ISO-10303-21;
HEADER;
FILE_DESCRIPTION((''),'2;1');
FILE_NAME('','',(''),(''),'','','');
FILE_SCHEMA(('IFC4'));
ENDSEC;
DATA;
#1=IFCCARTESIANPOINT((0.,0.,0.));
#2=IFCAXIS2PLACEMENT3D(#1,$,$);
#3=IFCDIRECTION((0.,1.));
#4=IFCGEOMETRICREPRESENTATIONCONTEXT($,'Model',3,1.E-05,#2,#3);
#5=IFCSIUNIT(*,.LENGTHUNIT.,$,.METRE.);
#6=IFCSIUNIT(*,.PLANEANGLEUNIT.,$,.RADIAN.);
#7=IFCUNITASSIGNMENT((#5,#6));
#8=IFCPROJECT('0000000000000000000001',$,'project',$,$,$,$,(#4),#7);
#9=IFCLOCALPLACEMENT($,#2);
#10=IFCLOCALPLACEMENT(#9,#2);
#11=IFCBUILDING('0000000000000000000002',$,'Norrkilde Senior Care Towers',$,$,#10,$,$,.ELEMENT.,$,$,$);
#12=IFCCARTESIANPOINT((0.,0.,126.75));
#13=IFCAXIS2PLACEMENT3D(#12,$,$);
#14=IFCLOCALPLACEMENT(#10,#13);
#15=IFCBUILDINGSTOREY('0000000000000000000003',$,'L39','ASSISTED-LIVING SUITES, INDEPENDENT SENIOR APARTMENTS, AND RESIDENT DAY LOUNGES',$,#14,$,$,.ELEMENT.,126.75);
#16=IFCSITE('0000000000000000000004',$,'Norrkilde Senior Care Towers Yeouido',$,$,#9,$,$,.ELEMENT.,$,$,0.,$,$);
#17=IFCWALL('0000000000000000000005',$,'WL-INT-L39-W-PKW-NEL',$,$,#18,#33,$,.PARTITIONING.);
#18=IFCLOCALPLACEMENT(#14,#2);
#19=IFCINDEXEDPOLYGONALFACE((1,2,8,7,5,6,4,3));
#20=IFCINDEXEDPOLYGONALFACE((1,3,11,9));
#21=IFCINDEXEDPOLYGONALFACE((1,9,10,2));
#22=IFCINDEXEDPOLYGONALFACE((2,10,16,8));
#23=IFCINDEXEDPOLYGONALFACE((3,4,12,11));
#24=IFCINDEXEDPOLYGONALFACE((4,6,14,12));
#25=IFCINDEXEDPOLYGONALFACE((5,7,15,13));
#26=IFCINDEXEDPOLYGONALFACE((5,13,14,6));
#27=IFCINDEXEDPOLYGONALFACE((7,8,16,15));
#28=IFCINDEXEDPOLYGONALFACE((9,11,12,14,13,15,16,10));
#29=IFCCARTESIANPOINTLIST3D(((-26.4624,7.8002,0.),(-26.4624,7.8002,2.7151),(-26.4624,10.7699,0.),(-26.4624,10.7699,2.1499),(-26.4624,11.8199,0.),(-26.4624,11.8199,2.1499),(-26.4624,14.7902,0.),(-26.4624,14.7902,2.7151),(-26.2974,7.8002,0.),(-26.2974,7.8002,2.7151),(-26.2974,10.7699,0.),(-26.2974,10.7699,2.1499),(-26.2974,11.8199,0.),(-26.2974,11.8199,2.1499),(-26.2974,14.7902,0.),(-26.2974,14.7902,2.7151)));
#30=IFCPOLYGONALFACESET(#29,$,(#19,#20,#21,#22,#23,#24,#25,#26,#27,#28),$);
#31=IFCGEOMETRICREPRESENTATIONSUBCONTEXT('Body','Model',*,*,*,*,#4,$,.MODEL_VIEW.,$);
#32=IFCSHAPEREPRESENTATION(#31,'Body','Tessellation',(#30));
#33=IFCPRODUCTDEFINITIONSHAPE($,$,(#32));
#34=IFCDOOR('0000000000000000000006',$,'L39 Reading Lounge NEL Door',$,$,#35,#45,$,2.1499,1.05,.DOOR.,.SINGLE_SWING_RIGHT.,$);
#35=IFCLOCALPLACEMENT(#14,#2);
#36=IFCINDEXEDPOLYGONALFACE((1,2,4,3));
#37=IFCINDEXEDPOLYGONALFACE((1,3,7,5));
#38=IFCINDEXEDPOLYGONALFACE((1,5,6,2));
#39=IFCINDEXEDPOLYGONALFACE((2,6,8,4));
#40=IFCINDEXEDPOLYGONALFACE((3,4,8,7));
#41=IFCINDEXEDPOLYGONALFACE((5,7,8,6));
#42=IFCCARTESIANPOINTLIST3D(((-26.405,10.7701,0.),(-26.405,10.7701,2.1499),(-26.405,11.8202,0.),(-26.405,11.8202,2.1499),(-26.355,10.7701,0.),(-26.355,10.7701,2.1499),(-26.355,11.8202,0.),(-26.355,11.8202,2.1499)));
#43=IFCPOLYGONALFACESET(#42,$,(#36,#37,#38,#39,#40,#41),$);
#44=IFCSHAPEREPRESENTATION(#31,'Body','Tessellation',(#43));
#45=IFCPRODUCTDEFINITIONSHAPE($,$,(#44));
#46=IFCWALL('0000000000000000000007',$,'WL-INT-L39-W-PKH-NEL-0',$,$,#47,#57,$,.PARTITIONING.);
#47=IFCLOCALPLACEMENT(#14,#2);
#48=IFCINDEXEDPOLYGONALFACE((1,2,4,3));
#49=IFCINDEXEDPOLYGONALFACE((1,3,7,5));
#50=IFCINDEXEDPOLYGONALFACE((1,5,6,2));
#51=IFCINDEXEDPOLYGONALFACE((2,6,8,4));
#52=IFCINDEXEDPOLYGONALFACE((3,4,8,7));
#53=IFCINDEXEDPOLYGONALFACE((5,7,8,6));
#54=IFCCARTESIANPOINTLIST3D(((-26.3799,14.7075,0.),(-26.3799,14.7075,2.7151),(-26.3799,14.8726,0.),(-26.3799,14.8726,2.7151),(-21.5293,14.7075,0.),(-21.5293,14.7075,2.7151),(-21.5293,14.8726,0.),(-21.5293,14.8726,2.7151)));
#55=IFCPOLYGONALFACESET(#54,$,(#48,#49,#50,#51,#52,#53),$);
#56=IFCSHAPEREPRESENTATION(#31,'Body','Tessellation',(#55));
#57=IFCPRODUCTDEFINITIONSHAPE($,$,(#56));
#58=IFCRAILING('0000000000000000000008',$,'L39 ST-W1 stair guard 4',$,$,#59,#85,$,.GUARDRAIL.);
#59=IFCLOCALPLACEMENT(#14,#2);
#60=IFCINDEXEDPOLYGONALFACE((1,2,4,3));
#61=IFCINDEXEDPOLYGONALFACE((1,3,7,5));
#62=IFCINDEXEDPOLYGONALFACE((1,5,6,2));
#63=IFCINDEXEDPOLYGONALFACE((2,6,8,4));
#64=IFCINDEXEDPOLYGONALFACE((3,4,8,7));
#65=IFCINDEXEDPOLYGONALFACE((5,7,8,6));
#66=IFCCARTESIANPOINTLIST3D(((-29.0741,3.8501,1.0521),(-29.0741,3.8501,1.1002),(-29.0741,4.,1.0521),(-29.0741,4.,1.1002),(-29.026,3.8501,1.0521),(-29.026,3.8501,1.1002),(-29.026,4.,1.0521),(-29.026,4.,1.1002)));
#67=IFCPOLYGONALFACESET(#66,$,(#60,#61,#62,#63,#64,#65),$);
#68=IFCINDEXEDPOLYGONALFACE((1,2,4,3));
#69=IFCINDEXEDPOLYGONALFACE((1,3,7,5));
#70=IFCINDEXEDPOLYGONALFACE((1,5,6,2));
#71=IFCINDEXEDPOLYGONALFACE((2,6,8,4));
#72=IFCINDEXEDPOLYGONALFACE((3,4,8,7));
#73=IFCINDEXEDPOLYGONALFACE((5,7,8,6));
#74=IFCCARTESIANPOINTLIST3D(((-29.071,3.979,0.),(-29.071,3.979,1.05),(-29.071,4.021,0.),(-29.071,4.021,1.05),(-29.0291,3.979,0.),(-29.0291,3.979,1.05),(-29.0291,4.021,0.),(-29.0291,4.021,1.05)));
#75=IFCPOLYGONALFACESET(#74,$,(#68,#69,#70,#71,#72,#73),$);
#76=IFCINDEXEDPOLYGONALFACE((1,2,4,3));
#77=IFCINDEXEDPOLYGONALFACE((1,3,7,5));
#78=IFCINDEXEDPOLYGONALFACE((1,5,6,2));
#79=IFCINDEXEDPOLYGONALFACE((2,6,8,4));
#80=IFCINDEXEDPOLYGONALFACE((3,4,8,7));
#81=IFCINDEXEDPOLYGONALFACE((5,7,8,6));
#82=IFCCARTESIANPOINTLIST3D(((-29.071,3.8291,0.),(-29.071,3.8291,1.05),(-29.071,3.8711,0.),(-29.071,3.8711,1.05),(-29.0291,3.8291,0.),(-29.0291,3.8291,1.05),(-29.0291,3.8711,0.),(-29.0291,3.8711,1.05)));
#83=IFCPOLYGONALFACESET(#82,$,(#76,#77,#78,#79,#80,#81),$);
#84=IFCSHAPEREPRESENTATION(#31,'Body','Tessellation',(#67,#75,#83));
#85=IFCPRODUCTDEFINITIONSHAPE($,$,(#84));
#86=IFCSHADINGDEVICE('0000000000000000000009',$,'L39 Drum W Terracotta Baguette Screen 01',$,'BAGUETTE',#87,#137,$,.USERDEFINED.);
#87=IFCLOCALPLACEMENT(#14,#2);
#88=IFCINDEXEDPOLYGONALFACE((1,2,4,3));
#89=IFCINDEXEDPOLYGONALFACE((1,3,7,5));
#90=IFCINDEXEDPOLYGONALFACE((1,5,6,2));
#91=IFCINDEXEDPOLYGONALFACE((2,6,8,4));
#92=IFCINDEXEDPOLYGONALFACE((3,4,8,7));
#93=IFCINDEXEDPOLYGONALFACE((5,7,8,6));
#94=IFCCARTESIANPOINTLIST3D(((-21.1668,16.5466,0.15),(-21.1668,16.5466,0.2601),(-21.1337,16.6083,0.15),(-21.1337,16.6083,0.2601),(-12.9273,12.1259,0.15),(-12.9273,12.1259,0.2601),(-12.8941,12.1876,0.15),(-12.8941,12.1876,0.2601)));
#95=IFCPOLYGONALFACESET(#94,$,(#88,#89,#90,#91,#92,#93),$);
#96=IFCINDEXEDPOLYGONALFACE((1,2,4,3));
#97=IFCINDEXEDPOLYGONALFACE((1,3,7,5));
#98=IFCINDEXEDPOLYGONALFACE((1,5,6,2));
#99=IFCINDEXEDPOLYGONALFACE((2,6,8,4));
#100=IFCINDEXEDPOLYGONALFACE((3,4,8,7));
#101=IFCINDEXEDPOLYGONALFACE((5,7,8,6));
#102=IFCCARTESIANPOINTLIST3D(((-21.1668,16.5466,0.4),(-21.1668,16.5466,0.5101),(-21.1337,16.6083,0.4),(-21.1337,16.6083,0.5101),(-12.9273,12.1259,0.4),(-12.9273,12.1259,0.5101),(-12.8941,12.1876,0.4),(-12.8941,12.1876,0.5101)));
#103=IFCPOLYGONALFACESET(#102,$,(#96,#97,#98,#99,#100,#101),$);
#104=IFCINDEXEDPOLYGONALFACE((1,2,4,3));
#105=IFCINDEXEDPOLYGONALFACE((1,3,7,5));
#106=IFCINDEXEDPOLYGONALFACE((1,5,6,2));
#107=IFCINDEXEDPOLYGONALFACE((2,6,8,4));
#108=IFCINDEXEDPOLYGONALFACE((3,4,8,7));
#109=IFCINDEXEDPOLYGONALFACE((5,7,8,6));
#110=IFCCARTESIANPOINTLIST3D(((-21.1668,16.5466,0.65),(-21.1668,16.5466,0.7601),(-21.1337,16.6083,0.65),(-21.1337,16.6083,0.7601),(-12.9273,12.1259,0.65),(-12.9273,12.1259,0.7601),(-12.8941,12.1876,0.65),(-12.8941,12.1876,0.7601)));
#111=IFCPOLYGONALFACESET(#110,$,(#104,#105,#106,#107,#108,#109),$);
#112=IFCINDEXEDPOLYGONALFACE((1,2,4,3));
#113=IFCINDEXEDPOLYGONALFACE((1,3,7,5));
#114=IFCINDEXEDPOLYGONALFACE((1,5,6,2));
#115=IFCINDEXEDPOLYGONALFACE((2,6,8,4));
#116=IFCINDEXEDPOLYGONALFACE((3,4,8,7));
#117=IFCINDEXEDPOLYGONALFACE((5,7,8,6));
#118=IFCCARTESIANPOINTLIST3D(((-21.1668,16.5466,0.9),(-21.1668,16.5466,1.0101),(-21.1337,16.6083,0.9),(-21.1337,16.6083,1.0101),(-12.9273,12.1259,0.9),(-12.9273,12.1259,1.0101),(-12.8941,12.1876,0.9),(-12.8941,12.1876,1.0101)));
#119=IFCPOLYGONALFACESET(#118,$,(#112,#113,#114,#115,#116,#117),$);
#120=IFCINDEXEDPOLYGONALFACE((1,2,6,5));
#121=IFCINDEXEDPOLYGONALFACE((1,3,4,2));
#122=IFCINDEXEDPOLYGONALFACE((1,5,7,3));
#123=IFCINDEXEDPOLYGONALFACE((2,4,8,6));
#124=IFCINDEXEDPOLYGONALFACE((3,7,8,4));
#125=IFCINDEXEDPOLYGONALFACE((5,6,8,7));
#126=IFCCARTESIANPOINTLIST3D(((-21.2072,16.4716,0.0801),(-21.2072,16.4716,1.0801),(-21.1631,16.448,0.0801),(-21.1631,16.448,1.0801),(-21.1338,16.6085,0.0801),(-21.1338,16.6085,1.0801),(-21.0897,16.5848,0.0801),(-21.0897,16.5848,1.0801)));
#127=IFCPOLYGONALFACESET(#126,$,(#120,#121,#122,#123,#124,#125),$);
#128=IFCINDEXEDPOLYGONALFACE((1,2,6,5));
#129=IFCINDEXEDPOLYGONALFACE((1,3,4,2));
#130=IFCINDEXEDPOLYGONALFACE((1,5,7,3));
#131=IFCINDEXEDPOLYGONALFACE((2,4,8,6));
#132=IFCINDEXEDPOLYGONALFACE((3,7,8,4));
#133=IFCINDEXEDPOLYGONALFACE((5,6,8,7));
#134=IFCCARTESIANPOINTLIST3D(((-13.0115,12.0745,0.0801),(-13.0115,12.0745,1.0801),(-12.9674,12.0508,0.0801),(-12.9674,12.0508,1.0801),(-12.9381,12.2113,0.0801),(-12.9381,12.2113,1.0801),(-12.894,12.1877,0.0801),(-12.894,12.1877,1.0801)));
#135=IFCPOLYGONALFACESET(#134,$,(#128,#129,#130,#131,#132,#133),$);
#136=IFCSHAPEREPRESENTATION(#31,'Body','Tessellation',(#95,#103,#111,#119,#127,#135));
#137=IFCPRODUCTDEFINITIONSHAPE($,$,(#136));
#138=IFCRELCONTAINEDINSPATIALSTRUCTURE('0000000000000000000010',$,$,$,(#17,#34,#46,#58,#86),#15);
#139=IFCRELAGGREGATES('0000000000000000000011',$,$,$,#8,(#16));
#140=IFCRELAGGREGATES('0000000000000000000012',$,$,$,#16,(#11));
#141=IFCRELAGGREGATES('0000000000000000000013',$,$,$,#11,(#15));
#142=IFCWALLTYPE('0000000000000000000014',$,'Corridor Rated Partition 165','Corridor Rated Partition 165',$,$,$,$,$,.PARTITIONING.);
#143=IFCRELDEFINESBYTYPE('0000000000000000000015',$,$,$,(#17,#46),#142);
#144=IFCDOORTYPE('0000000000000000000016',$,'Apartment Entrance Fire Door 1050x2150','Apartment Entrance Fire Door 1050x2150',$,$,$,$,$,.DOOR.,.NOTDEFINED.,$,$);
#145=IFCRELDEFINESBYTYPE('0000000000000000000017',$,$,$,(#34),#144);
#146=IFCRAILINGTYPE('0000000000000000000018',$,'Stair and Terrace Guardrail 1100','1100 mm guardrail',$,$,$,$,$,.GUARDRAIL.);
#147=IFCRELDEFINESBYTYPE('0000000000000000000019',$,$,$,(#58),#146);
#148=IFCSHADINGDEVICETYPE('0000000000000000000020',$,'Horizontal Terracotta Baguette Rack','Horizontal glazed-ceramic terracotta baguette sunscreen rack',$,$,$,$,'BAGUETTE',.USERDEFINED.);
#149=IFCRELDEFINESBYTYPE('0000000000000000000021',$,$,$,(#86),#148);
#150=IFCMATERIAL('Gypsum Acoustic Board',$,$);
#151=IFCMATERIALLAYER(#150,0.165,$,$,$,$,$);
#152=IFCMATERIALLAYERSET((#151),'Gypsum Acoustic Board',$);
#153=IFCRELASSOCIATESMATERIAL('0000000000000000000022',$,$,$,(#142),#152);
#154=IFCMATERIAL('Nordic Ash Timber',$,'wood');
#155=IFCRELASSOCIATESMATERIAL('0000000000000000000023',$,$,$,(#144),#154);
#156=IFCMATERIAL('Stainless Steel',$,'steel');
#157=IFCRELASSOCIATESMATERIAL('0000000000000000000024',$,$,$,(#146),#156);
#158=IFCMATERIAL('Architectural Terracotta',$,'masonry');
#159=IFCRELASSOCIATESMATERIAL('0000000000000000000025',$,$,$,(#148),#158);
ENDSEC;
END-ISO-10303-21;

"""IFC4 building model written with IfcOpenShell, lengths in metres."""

from ifc_helpers import new_model, si_unit, direction, frame, frame_2d, origin, origin_2d, place, context, subcontext, project, spatial, rectangle, extrude, source, transform, mapped, material, layer, layer_set, type_object, type_shapes, element, fill, save


model = new_model("IFC4")

# Units and contexts
model_context = context("Model", 3, precision=1e-05, world=origin(), true_north=direction((0.0, 1.0)))
body_context = subcontext(model_context, "Body", "Model", "MODEL_VIEW")
ifc_project = project(units=[si_unit("LENGTHUNIT", "METRE"), si_unit("PLANEANGLEUNIT", "RADIAN")], contexts=[model_context])

# Site, building, storey
site_placement = place(None, origin())
site = spatial("IfcSite", under=ifc_project, at=site_placement, Name="Norrkilde Senior Care Towers Yeouido", CompositionType="ELEMENT", RefElevation=0.0)
building_placement = place(site_placement, origin())
building = spatial("IfcBuilding", under=site, at=building_placement, Name="Norrkilde Senior Care Towers", CompositionType="ELEMENT")
storey_placement = place(building_placement, frame((0.0, 0.0, 126.75)))
storey = spatial("IfcBuildingStorey", under=building, at=storey_placement, Name="L39", Description="ASSISTED-LIVING SUITES, INDEPENDENT SENIOR APARTMENTS, AND RESIDENT DAY LOUNGES", CompositionType="ELEMENT", Elevation=126.75)

# Shared definitions
ifc_material_1 = material(Name="Stainless Steel", Category="steel")

# Shared definitions
ifc_material_2 = material(Name="Gypsum Acoustic Board")
ifc_layer_1 = layer(ifc_material_2, 0.165)
ifc_layer_set_1 = layer_set([ifc_layer_1], Name="Gypsum Acoustic Board")
wall_type_1 = type_object("IfcWallType", Name="Corridor Rated Partition 165", Description="Corridor Rated Partition 165", PredefinedType="PARTITIONING", material=ifc_layer_set_1)
ifc_material_3 = material(Name="Nordic Ash Timber", Category="wood")

# Wall, opening, door
shared_shape_1 = source(origin(), body_context, "Body", "SweptSolid", [
    extrude(rectangle(XDim=6.99, YDim=0.165, at=frame_2d((3.4951, 0.0))), origin(), (0.0, 0.0, 1.0), 2.7151),
])
wall_1_placement = place(storey_placement, frame((-26.3799, 7.8, 0.0), z_axis=(0.0, 0.0, 1.0), x_axis=(0.0, 1.0, 0.0)))
wall_1 = element("IfcWall", 1, at=wall_1_placement, inside=storey, type_object=wall_type_1, Name="WL-INT-L39-W-PKW-NEL", PredefinedType="PARTITIONING", context=body_context, shape_type="MappedRepresentation", body=[
    mapped(shared_shape_1, transform((0.0, 0.0, 0.0), x_axis=(1.0, 0.0, 0.0), y_axis=(0.0, 1.0, 0.0), z_axis=(0.0, 0.0, 1.0), scale=1.0)),
])
opening_1_placement = place(wall_1_placement, frame((2.97, 0.0, 0.0)))
opening_1 = element("IfcOpeningElement", 2, at=opening_1_placement, cuts=wall_1, PredefinedType="OPENING", context=body_context, shape_type="SweptSolid", body=[
    extrude(rectangle(XDim=1.05, YDim=2.1499, at=frame_2d((0.5249, 1.075))), frame((0.0, 0.0925, 0.0), z_axis=(0.0, -1.0, 0.0), x_axis=(1.0, 0.0, 0.0)), (0.0, 0.0, 1.0), 0.1851),
])
door_type_1 = type_object("IfcDoorType", Name="Apartment Entrance Fire Door 1050x2150", Description="Apartment Entrance Fire Door 1050x2150", OperationType="NOTDEFINED", PredefinedType="DOOR", material=ifc_material_3)
shared_shape_2 = source(origin(), body_context, "Body", "SweptSolid", [
    extrude(rectangle(XDim=1.05, YDim=2.1499, at=frame_2d((0.5249, 1.075))), frame((0.0, 0.0249, 0.0), z_axis=(0.0, -1.0, 0.0), x_axis=(1.0, 0.0, 0.0)), (0.0, 0.0, 1.0), 0.05),
])
type_shapes(door_type_1, [shared_shape_2])
door_1_placement = place(opening_1_placement, frame((1.05, 0.0, 0.0), z_axis=(0.0, 0.0, 1.0), x_axis=(-1.0, 0.0, 0.0)))
door_1 = element("IfcDoor", 3, at=door_1_placement, inside=storey, type_object=door_type_1, Name="L39 Reading Lounge NEL Door", OperationType="SINGLE_SWING_RIGHT", OverallHeight=2.1499, OverallWidth=1.05, PredefinedType="DOOR", context=body_context, shape_type="MappedRepresentation", body=[
    mapped(shared_shape_2, transform((0.0, 0.0, 0.0), x_axis=(1.0, 0.0, 0.0), y_axis=(0.0, 1.0, 0.0), z_axis=(0.0, 0.0, 1.0), scale=1.0)),
])
fill(opening_1, door_1)

# Wall
shared_shape_3 = source(origin(), body_context, "Body", "SweptSolid", [
    extrude(rectangle(XDim=4.8506, YDim=0.165, at=frame_2d((2.4253, 0.0))), origin(), (0.0, 0.0, 1.0), 2.7151),
])
wall_2_placement = place(storey_placement, frame((-26.3799, 14.79, 0.0), z_axis=(0.0, 0.0, 1.0), x_axis=(1.0, 0.0, 0.0)))
element("IfcWall", 4, at=wall_2_placement, inside=storey, type_object=wall_type_1, Name="WL-INT-L39-W-PKH-NEL-0", PredefinedType="PARTITIONING", context=body_context, shape_type="MappedRepresentation", body=[
    mapped(shared_shape_3, transform((0.0, 0.0, 0.0), x_axis=(1.0, 0.0, 0.0), y_axis=(0.0, 1.0, 0.0), z_axis=(0.0, 0.0, 1.0), scale=1.0)),
])

# Railing
railing_type = type_object("IfcRailingType", Name="Stair and Terrace Guardrail 1100", Description="1100 mm guardrail", PredefinedType="GUARDRAIL", material=ifc_material_1)
railing_placement = place(storey_placement, frame((-29.05, 4.0, 0.0)))
element("IfcRailing", 5, at=railing_placement, inside=storey, type_object=railing_type, Name="L39 ST-W1 stair guard 4", PredefinedType="GUARDRAIL", context=body_context, shape_type="SweptSolid", body=[
    extrude(rectangle(XDim=0.0481, YDim=0.0481, at=origin_2d()), frame((0.0, 0.0, 1.0762), z_axis=(0.0, -1.0, 0.0), x_axis=(1.0, 0.0, 0.0)), (0.0, 0.0, 1.0), 0.1499),
    extrude(rectangle(XDim=0.042, YDim=0.042, at=origin_2d()), origin(), (0.0, 0.0, 1.0), 1.05),
    extrude(rectangle(XDim=0.042, YDim=0.042, at=origin_2d()), frame((0.0, -0.1499, 0.0)), (0.0, 0.0, 1.0), 1.05),
])

# Shading device
ifc_material_4 = material(Name="Architectural Terracotta", Category="masonry")
shading_device_type = type_object("IfcShadingDeviceType", Name="Horizontal Terracotta Baguette Rack", Description="Horizontal glazed-ceramic terracotta baguette sunscreen rack", ElementType="BAGUETTE", PredefinedType="USERDEFINED", material=ifc_material_4)
shared_shape_4 = source(origin(), body_context, "Body", "SweptSolid", [
    extrude(rectangle(XDim=0.0701, YDim=0.1101, at=origin_2d()), frame((0.0, 0.0901, 0.125), z_axis=(1.0, 0.0, 0.0), x_axis=(0.0, 1.0, 0.0)), (0.0, 0.0, 1.0), 9.3506),
    extrude(rectangle(XDim=0.0701, YDim=0.1101, at=origin_2d()), frame((0.0, 0.0901, 0.375), z_axis=(1.0, 0.0, 0.0), x_axis=(0.0, 1.0, 0.0)), (0.0, 0.0, 1.0), 9.3506),
    extrude(rectangle(XDim=0.0701, YDim=0.1101, at=origin_2d()), frame((0.0, 0.0901, 0.625), z_axis=(1.0, 0.0, 0.0), x_axis=(0.0, 1.0, 0.0)), (0.0, 0.0, 1.0), 9.3506),
    extrude(rectangle(XDim=0.0701, YDim=0.1101, at=origin_2d()), frame((0.0, 0.0901, 0.875), z_axis=(1.0, 0.0, 0.0), x_axis=(0.0, 1.0, 0.0)), (0.0, 0.0, 1.0), 9.3506),
    extrude(rectangle(XDim=0.05, YDim=0.1553, at=origin_2d()), frame((0.0249, 0.0476, 0.0)), (0.0, 0.0, 1.0), 1.0),
    extrude(rectangle(XDim=0.05, YDim=0.1553, at=origin_2d()), frame((9.3257, 0.0476, 0.0)), (0.0, 0.0, 1.0), 1.0),
])
type_shapes(shading_device_type, [shared_shape_4])
shading_device_placement = place(storey_placement, frame((-21.1929, 16.498, 0.0801), z_axis=(0.0, 0.0, 1.0), x_axis=(0.881175, -0.472768, 0.0)))
element("IfcShadingDevice", 6, at=shading_device_placement, inside=storey, type_object=shading_device_type, Name="L39 Drum W Terracotta Baguette Screen 01", ObjectType="BAGUETTE", PredefinedType="USERDEFINED", context=body_context, shape_type="MappedRepresentation", body=[
    mapped(shared_shape_4, transform((0.0, 0.0, 0.0), x_axis=(1.0, 0.0, 0.0), y_axis=(0.0, 1.0, 0.0), z_axis=(0.0, 0.0, 1.0), scale=1.0)),
])

save(model, "model.ifc")
